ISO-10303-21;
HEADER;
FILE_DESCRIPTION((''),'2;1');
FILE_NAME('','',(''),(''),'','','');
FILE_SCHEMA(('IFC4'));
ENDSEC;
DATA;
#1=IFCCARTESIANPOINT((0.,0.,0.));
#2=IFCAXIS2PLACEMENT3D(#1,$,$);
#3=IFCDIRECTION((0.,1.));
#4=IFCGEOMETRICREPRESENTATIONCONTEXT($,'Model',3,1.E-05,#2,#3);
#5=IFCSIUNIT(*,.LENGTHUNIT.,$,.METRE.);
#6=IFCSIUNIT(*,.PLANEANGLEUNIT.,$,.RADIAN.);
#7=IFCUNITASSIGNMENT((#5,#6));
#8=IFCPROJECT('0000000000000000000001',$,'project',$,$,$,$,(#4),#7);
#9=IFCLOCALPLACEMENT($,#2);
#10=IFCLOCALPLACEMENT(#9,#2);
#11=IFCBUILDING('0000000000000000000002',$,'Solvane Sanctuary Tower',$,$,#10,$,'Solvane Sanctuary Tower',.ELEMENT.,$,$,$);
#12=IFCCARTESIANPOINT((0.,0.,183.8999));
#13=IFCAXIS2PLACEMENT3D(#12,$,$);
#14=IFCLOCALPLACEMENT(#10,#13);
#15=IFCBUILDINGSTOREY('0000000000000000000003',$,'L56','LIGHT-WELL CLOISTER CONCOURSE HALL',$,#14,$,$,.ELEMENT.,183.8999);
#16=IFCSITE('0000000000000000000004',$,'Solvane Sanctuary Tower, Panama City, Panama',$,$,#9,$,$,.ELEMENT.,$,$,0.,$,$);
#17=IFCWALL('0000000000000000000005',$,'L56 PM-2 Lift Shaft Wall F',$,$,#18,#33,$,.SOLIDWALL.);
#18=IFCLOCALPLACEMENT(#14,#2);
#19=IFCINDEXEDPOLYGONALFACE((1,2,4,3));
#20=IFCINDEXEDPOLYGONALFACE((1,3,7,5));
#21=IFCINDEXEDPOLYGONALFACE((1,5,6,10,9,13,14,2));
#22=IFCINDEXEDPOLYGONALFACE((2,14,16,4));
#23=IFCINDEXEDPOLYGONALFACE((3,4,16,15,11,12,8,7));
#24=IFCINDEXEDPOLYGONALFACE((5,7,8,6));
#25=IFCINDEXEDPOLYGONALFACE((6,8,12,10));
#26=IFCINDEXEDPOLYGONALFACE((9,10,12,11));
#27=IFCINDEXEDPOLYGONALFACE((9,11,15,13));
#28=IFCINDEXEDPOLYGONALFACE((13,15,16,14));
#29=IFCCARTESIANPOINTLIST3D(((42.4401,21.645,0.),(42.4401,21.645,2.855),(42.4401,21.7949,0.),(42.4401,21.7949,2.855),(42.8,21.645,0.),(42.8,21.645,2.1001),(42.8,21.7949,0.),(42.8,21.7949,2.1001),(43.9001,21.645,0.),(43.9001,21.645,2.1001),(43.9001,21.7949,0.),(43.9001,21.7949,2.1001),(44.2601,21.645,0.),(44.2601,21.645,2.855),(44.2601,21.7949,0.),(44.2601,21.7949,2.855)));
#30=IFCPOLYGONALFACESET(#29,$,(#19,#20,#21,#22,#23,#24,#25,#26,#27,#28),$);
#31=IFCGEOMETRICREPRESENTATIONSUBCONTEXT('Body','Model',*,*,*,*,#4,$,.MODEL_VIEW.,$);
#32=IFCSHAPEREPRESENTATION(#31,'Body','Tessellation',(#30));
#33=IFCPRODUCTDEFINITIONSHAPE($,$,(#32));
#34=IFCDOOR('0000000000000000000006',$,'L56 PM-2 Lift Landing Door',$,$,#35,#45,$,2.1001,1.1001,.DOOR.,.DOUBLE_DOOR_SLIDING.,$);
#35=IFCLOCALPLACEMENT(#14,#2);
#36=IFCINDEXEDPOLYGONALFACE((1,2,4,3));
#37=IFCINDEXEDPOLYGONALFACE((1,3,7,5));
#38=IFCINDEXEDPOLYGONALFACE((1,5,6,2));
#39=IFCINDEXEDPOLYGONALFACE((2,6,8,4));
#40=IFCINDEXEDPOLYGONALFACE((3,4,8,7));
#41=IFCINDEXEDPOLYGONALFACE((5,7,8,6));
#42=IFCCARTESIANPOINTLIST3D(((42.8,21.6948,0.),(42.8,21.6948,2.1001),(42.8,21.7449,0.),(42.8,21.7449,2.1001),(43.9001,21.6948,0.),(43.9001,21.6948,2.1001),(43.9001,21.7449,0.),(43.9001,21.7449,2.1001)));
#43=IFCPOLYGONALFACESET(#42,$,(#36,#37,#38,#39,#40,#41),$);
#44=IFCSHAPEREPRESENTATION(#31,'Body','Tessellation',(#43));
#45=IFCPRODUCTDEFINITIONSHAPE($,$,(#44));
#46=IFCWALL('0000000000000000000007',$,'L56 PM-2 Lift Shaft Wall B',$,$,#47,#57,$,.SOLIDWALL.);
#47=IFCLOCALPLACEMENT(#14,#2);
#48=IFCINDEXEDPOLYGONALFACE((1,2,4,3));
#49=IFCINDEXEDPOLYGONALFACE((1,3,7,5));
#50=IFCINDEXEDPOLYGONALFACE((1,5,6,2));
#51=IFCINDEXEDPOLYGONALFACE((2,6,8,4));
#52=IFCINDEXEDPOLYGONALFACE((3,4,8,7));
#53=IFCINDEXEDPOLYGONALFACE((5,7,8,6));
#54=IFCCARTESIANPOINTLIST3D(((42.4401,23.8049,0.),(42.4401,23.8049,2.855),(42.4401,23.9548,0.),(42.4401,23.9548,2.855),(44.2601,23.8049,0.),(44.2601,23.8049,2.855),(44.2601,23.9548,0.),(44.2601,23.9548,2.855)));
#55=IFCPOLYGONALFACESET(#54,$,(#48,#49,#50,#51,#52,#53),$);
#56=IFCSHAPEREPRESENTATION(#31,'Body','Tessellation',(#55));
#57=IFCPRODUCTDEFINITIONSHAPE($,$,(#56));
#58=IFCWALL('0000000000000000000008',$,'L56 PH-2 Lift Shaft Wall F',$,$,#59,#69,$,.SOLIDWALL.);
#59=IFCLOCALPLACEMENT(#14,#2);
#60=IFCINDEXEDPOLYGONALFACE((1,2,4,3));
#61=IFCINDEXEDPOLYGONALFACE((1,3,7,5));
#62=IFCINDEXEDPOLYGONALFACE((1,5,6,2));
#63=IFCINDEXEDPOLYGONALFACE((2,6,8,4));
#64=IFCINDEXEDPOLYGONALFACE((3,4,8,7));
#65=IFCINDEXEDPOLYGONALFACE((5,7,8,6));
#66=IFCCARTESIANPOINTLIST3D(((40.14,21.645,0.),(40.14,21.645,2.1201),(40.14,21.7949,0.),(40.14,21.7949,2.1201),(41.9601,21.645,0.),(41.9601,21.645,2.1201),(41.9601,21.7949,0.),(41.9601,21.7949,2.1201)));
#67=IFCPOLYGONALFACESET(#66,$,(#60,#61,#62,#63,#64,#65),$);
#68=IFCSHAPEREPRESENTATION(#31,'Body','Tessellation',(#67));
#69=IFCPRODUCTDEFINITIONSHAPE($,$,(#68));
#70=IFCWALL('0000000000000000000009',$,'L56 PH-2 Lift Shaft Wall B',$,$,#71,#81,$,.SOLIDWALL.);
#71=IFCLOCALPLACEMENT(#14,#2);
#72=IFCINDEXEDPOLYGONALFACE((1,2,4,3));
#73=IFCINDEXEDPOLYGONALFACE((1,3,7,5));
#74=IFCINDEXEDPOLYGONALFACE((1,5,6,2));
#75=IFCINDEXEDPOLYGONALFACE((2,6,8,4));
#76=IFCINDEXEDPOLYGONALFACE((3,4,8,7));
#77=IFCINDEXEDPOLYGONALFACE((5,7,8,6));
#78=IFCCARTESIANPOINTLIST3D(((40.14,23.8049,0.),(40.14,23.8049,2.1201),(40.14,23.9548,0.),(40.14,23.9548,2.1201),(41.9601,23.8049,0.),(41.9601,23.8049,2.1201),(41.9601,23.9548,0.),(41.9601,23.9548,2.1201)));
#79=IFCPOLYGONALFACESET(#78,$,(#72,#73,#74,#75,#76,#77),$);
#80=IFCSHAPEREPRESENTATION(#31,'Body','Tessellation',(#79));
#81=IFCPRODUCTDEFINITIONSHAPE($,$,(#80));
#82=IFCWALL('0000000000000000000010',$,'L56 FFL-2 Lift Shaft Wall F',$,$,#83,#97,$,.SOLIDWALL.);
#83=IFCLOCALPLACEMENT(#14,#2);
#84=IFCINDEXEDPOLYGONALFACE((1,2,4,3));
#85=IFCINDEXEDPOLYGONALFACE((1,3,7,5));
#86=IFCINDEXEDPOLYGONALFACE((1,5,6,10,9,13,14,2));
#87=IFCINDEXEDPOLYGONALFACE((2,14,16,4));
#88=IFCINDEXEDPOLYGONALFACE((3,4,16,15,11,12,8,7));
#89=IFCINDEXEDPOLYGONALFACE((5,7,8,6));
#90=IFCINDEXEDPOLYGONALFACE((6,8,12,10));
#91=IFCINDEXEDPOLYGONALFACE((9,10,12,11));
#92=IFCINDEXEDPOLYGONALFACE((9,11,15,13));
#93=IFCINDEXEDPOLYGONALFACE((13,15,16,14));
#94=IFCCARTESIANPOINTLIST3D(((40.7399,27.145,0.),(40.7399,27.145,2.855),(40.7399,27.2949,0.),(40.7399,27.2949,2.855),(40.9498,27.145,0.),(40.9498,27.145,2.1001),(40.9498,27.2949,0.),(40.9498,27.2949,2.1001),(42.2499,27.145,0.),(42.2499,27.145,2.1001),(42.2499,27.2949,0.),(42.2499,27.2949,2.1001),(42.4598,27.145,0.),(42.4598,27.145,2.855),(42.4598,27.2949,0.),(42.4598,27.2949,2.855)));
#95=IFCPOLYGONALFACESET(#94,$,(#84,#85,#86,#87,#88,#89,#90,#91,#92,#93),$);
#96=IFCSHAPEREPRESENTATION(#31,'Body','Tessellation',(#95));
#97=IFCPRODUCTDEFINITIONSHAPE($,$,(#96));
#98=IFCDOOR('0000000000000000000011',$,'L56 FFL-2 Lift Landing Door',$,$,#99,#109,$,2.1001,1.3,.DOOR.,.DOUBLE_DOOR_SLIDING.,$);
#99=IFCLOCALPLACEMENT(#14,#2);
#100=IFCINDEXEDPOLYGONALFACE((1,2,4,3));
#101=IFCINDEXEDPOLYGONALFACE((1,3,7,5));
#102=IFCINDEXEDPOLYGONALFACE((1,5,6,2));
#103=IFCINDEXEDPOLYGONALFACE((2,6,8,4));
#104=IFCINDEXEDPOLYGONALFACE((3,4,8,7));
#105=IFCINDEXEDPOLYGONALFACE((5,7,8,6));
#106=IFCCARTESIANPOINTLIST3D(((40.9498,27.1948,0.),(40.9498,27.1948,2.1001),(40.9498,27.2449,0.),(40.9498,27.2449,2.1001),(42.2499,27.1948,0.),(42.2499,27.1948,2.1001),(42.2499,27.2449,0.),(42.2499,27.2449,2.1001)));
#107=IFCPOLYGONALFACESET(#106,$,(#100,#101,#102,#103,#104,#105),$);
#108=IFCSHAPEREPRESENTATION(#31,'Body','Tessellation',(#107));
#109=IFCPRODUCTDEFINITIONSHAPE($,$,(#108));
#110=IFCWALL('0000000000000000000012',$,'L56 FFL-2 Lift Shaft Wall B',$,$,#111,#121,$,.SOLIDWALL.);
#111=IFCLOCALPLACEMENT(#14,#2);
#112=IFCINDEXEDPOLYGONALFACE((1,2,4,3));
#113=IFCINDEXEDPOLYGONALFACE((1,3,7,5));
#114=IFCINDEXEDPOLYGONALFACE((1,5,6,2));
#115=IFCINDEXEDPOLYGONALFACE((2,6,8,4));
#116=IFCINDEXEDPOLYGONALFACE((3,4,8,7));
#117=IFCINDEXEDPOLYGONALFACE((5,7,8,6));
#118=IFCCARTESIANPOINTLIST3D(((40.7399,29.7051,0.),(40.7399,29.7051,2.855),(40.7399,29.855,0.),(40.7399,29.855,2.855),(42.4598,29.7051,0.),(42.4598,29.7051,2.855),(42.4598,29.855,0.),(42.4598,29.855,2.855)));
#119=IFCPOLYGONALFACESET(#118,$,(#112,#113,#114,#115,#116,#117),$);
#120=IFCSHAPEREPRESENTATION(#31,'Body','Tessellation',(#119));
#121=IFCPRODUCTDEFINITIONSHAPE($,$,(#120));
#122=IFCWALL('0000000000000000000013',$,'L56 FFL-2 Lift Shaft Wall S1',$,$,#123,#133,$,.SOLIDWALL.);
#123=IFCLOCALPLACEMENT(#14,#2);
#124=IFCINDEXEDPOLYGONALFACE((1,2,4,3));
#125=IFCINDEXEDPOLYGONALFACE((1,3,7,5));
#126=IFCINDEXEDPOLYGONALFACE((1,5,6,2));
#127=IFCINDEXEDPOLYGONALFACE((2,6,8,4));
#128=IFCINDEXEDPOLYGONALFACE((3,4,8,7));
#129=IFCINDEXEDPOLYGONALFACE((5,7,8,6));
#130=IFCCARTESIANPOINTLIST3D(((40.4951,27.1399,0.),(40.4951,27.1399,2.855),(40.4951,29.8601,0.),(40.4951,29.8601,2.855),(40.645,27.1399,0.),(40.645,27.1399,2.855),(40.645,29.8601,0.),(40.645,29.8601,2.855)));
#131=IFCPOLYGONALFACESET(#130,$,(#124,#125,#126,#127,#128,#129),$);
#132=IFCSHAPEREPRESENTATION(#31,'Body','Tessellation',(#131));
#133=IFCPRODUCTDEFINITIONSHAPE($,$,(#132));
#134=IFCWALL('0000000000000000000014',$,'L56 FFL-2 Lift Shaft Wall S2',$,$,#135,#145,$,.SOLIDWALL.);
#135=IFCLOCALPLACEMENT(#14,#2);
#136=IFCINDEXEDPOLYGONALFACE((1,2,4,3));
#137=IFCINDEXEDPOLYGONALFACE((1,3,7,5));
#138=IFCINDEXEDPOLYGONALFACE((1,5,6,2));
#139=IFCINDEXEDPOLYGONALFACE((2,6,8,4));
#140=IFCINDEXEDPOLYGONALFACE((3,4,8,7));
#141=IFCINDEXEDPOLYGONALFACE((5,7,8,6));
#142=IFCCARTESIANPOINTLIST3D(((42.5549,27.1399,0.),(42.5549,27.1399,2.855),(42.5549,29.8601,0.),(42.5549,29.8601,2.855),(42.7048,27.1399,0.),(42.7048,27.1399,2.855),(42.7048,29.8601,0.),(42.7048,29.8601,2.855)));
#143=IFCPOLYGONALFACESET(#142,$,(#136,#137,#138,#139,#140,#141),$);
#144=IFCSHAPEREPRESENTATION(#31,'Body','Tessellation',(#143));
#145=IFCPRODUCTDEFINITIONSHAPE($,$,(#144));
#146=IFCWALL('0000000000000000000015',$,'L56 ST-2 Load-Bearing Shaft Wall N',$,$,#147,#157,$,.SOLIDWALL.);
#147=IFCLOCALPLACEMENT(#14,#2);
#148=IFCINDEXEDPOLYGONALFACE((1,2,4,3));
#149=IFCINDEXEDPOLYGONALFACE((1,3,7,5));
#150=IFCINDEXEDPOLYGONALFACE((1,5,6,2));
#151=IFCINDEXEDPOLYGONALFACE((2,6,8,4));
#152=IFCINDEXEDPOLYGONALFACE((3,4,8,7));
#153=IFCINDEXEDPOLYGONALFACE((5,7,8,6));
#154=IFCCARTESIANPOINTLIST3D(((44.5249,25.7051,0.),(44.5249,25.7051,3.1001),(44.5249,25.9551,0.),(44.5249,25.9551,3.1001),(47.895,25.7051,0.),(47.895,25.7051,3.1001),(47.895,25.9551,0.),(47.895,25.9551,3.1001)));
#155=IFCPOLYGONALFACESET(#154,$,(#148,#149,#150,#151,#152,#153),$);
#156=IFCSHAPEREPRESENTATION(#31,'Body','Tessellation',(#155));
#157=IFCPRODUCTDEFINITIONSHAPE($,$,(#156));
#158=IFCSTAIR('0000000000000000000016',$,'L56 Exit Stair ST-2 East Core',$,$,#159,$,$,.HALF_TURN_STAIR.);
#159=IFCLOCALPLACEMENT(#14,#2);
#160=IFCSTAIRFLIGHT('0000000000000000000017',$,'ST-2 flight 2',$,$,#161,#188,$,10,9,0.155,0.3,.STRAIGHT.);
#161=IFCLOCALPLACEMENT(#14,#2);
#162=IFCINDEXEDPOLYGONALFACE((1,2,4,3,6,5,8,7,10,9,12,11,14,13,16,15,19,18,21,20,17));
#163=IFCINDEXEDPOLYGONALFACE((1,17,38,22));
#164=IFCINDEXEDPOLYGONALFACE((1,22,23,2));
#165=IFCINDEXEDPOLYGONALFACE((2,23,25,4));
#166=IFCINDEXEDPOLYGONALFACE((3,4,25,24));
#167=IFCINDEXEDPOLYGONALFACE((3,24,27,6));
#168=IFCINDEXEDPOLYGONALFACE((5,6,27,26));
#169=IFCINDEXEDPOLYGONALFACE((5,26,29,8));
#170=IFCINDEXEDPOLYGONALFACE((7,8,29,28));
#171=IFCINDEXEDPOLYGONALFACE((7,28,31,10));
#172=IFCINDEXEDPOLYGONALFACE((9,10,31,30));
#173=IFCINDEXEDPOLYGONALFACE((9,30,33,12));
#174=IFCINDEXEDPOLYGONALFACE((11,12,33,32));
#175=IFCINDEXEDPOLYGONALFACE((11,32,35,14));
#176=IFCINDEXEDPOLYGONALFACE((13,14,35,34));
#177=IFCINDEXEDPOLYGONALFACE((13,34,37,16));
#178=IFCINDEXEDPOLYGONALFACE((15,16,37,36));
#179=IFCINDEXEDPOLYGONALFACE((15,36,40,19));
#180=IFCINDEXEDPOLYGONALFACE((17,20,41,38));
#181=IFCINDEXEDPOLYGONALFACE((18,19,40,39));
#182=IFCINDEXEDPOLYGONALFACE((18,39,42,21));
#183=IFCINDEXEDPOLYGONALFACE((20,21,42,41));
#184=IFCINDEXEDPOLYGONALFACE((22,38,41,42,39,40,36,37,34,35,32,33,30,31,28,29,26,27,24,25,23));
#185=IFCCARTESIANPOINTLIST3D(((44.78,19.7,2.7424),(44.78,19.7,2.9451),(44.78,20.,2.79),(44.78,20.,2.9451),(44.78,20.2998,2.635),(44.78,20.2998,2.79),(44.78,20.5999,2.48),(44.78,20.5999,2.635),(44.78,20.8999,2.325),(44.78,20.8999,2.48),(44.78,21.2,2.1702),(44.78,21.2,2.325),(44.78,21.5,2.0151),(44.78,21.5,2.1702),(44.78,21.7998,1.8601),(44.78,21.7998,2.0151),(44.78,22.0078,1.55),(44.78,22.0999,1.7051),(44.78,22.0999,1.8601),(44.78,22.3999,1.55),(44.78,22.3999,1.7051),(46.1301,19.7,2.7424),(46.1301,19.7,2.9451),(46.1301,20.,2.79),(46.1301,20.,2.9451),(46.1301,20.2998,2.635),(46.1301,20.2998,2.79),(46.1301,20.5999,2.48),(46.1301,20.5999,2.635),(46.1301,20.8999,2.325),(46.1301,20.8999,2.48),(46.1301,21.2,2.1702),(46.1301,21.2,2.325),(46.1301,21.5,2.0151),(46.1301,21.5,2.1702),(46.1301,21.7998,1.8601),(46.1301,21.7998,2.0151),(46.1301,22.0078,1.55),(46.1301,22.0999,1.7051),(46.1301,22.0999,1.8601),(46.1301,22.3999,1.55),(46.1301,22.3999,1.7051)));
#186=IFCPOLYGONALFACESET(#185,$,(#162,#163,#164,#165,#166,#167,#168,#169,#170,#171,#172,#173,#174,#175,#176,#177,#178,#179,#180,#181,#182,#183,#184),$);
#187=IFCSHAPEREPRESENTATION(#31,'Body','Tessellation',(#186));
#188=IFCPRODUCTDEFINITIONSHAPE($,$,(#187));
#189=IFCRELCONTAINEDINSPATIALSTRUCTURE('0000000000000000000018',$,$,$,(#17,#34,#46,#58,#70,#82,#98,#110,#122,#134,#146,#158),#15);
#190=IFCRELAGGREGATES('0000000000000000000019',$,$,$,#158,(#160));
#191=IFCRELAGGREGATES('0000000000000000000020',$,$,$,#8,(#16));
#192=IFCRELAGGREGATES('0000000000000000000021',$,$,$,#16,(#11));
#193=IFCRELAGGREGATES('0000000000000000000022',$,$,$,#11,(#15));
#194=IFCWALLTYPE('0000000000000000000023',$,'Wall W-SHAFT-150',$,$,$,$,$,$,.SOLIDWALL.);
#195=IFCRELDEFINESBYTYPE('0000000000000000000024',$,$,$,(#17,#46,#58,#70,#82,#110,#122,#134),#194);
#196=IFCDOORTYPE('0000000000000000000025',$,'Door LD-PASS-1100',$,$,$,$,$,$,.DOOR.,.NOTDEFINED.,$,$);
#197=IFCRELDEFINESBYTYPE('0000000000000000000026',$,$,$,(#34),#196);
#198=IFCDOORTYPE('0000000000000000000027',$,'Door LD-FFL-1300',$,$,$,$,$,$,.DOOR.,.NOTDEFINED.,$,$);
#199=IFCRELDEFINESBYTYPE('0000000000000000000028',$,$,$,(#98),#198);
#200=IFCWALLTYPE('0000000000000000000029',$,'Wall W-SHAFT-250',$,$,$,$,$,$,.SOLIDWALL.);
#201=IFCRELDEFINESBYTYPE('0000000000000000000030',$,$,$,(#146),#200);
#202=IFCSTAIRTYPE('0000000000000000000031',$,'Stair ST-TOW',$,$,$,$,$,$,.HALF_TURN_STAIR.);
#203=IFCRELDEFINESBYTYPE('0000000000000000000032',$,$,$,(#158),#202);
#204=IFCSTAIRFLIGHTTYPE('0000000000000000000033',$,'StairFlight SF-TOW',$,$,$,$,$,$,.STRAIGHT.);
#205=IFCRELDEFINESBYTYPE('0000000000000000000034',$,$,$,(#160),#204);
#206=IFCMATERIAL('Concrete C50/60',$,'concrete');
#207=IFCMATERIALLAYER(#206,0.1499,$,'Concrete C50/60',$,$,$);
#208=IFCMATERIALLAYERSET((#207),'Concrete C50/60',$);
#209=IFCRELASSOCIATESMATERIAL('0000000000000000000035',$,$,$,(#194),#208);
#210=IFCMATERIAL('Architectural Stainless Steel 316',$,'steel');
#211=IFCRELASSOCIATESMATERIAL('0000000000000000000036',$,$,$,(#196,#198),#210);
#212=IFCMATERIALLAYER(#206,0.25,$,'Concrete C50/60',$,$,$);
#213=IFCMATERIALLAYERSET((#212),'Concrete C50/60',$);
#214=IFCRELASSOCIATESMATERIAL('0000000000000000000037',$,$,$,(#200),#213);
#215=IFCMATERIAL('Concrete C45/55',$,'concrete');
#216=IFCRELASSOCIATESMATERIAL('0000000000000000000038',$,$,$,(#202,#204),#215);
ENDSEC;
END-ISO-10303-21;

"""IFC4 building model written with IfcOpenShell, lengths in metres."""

from ifc_helpers import new_model, si_unit, direction, frame, frame_2d, origin, place, context, subcontext, project, spatial, polyline, rectangle, outline, extrude, material, layer, layer_set, type_object, element, fill, aggregate, save


model = new_model("IFC4")

# Units and contexts
model_context = context("Model", 3, precision=1e-05, world=origin(), true_north=direction((0.0, 1.0)))
body_context = subcontext(model_context, "Body", "Model", "MODEL_VIEW")
ifc_project = project(units=[si_unit("LENGTHUNIT", "METRE"), si_unit("PLANEANGLEUNIT", "RADIAN")], contexts=[model_context])

# Site, building, storey
site_placement = place(None, origin())
site = spatial("IfcSite", under=ifc_project, at=site_placement, Name="Solvane Sanctuary Tower, Panama City, Panama", CompositionType="ELEMENT", RefElevation=0.0)
building_placement = place(site_placement, origin())
building = spatial("IfcBuilding", under=site, at=building_placement, Name="Solvane Sanctuary Tower", LongName="Solvane Sanctuary Tower", CompositionType="ELEMENT")
storey_placement = place(building_placement, frame((0.0, 0.0, 183.8999)))
storey = spatial("IfcBuildingStorey", under=building, at=storey_placement, Name="L56", Description="LIGHT-WELL CLOISTER CONCOURSE HALL", CompositionType="ELEMENT", Elevation=183.8999)

# Shared definitions
ifc_material_1 = material(Name="Architectural Stainless Steel 316", Category="steel")

# Wall, opening, door
ifc_material_2 = material(Name="Concrete C50/60", Category="concrete")
ifc_layer_1 = layer(ifc_material_2, 0.1499, Name="Concrete C50/60")
ifc_layer_set_1 = layer_set([ifc_layer_1], Name="Concrete C50/60")
wall_type_1 = type_object("IfcWallType", Name="Wall W-SHAFT-150", PredefinedType="SOLIDWALL", material=ifc_layer_set_1)
wall_1_placement = place(storey_placement, frame((42.4399, 21.72, 0.0), z_axis=(0.0, 0.0, 1.0), x_axis=(1.0, 0.0, 0.0)))
wall_1 = element("IfcWall", 1, at=wall_1_placement, inside=storey, type_object=wall_type_1, Name="L56 PM-2 Lift Shaft Wall F", PredefinedType="SOLIDWALL", context=body_context, shape_type="SweptSolid", body=[
    extrude(rectangle(XDim=1.8201, YDim=0.1499, at=frame_2d((0.9102, 0.0))), origin(), (0.0, 0.0, 1.0), 2.855),
])
opening_1_placement = place(wall_1_placement, frame((0.3601, 0.0, 0.0)))
opening_1 = element("IfcOpeningElement", 2, at=opening_1_placement, cuts=wall_1, PredefinedType="OPENING", context=body_context, shape_type="SweptSolid", body=[
    extrude(rectangle(XDim=1.1001, YDim=2.1001, at=frame_2d((0.55, 1.05))), frame((0.0, 0.085, 0.0), z_axis=(0.0, -1.0, 0.0), x_axis=(1.0, 0.0, 0.0)), (0.0, 0.0, 1.0), 0.1699),
])
door_type_1 = type_object("IfcDoorType", Name="Door LD-PASS-1100", OperationType="NOTDEFINED", PredefinedType="DOOR", material=ifc_material_1)
door_1_placement = place(opening_1_placement, origin())
door_1 = element("IfcDoor", 3, at=door_1_placement, inside=storey, type_object=door_type_1, Name="L56 PM-2 Lift Landing Door", OperationType="DOUBLE_DOOR_SLIDING", OverallHeight=2.1001, OverallWidth=1.1001, PredefinedType="DOOR", context=body_context, shape_type="SweptSolid", body=[
    extrude(rectangle(XDim=1.1001, YDim=2.1001, at=frame_2d((0.55, 1.05))), frame((0.0, 0.0249, 0.0), z_axis=(0.0, -1.0, 0.0), x_axis=(1.0, 0.0, 0.0)), (0.0, 0.0, 1.0), 0.05),
])
fill(opening_1, door_1)

# Walls
wall_2_placement = place(storey_placement, frame((42.4399, 23.8799, 0.0), z_axis=(0.0, 0.0, 1.0), x_axis=(1.0, 0.0, 0.0)))
element("IfcWall", 4, at=wall_2_placement, inside=storey, type_object=wall_type_1, Name="L56 PM-2 Lift Shaft Wall B", PredefinedType="SOLIDWALL", context=body_context, shape_type="SweptSolid", body=[
    extrude(rectangle(XDim=1.8201, YDim=0.1499, at=frame_2d((0.9102, 0.0))), origin(), (0.0, 0.0, 1.0), 2.855),
])
for number, where, z_axis, x_axis, name in (
    (5, (40.1399, 21.72, 0.0), (0.0, 0.0, 1.0), (1.0, 0.0, 0.0), "L56 PH-2 Lift Shaft Wall F"),
    (6, (40.1399, 23.8799, 0.0), (0.0, 0.0, 1.0), (1.0, 0.0, 0.0), "L56 PH-2 Lift Shaft Wall B"),
):
    element("IfcWall", number, at=place(storey_placement, frame(where, z_axis=z_axis, x_axis=x_axis)), inside=storey, type_object=wall_type_1, Name=name, PredefinedType="SOLIDWALL", context=body_context, shape_type="SweptSolid", body=[
        extrude(rectangle(XDim=1.8201, YDim=0.1499, at=frame_2d((0.9102, 0.0))), origin(), (0.0, 0.0, 1.0), 2.1201),
    ])

# Wall, opening, door
wall_3_placement = place(storey_placement, frame((40.74, 27.22, 0.0), z_axis=(0.0, 0.0, 1.0), x_axis=(1.0, 0.0, 0.0)))
wall_3 = element("IfcWall", 7, at=wall_3_placement, inside=storey, type_object=wall_type_1, Name="L56 FFL-2 Lift Shaft Wall F", PredefinedType="SOLIDWALL", context=body_context, shape_type="SweptSolid", body=[
    extrude(rectangle(XDim=1.72, YDim=0.1499, at=frame_2d((0.8599, 0.0))), origin(), (0.0, 0.0, 1.0), 2.855),
])
opening_2_placement = place(wall_3_placement, frame((0.21, 0.0, 0.0)))
opening_2 = element("IfcOpeningElement", 8, at=opening_2_placement, cuts=wall_3, PredefinedType="OPENING", context=body_context, shape_type="SweptSolid", body=[
    extrude(rectangle(XDim=1.3, YDim=2.1001, at=frame_2d((0.6499, 1.05))), frame((0.0, 0.085, 0.0), z_axis=(0.0, -1.0, 0.0), x_axis=(1.0, 0.0, 0.0)), (0.0, 0.0, 1.0), 0.1699),
])
door_type_2 = type_object("IfcDoorType", Name="Door LD-FFL-1300", OperationType="NOTDEFINED", PredefinedType="DOOR", material=ifc_material_1)
door_2_placement = place(opening_2_placement, origin())
door_2 = element("IfcDoor", 9, at=door_2_placement, inside=storey, type_object=door_type_2, Name="L56 FFL-2 Lift Landing Door", OperationType="DOUBLE_DOOR_SLIDING", OverallHeight=2.1001, OverallWidth=1.3, PredefinedType="DOOR", context=body_context, shape_type="SweptSolid", body=[
    extrude(rectangle(XDim=1.3, YDim=2.1001, at=frame_2d((0.6499, 1.05))), frame((0.0, 0.0249, 0.0), z_axis=(0.0, -1.0, 0.0), x_axis=(1.0, 0.0, 0.0)), (0.0, 0.0, 1.0), 0.05),
])
fill(opening_2, door_2)

# Walls
wall_4_placement = place(storey_placement, frame((40.74, 29.78, 0.0), z_axis=(0.0, 0.0, 1.0), x_axis=(1.0, 0.0, 0.0)))
element("IfcWall", 10, at=wall_4_placement, inside=storey, type_object=wall_type_1, Name="L56 FFL-2 Lift Shaft Wall B", PredefinedType="SOLIDWALL", context=body_context, shape_type="SweptSolid", body=[
    extrude(rectangle(XDim=1.72, YDim=0.1499, at=frame_2d((0.8599, 0.0))), origin(), (0.0, 0.0, 1.0), 2.855),
])
for number, where, z_axis, x_axis, name in (
    (11, (40.5701, 27.1399, 0.0), (0.0, 0.0, 1.0), (0.0, 1.0, 0.0), "L56 FFL-2 Lift Shaft Wall S1"),
    (12, (42.6299, 27.1399, 0.0), (0.0, 0.0, 1.0), (0.0, 1.0, 0.0), "L56 FFL-2 Lift Shaft Wall S2"),
):
    element("IfcWall", number, at=place(storey_placement, frame(where, z_axis=z_axis, x_axis=x_axis)), inside=storey, type_object=wall_type_1, Name=name, PredefinedType="SOLIDWALL", context=body_context, shape_type="SweptSolid", body=[
        extrude(rectangle(XDim=2.7202, YDim=0.1499, at=frame_2d((1.3601, 0.0))), origin(), (0.0, 0.0, 1.0), 2.855),
    ])
ifc_layer_2 = layer(ifc_material_2, 0.25, Name="Concrete C50/60")
ifc_layer_set_2 = layer_set([ifc_layer_2], Name="Concrete C50/60")
wall_type_2 = type_object("IfcWallType", Name="Wall W-SHAFT-250", PredefinedType="SOLIDWALL", material=ifc_layer_set_2)
wall_5_placement = place(storey_placement, frame((44.5249, 25.8301, 0.0), z_axis=(0.0, 0.0, 1.0), x_axis=(1.0, 0.0, 0.0)))
element("IfcWall", 13, at=wall_5_placement, inside=storey, type_object=wall_type_2, Name="L56 ST-2 Load-Bearing Shaft Wall N", PredefinedType="SOLIDWALL", context=body_context, shape_type="SweptSolid", body=[
    extrude(rectangle(XDim=3.3701, YDim=0.25, at=frame_2d((1.6851, 0.0))), origin(), (0.0, 0.0, 1.0), 3.1001),
])

# Stair, stair flight
ifc_material_3 = material(Name="Concrete C45/55", Category="concrete")
stair_type = type_object("IfcStairType", Name="Stair ST-TOW", PredefinedType="HALF_TURN_STAIR", material=ifc_material_3)
stair_placement = place(storey_placement, origin())
stair = element("IfcStair", 14, at=stair_placement, inside=storey, type_object=stair_type, Name="L56 Exit Stair ST-2 East Core", PredefinedType="HALF_TURN_STAIR")
stair_flight_type = type_object("IfcStairFlightType", Name="StairFlight SF-TOW", PredefinedType="STRAIGHT", material=ifc_material_3)
stair_flight_placement = place(storey_placement, frame((45.4551, 22.3999, 1.55), z_axis=(0.0, 0.0, 1.0), x_axis=(0.0, -1.0, 0.0)))
stair_flight = element("IfcStairFlight", 15, at=stair_flight_placement, type_object=stair_flight_type, Name="ST-2 flight 2", NumberOfRisers=10, NumberOfTreads=9, PredefinedType="STRAIGHT", RiserHeight=0.155, TreadLength=0.3, context=body_context, shape_type="SweptSolid", body=[
    extrude(outline(polyline([(0.0, 0.0), (0.0, 0.155), (0.3, 0.155), (0.3, 0.3101), (0.6001, 0.3101), (0.6001, 0.4651), (0.8999, 0.4651), (0.8999, 0.6201), (1.2, 0.6201), (1.2, 0.7749), (1.5, 0.7749), (1.5, 0.9299), (1.8, 0.9299), (1.8, 1.085), (2.1001, 1.085), (2.1001, 1.24), (2.3999, 1.24), (2.3999, 1.395), (2.7, 1.395), (2.7, 1.55), (2.7, 1.1924), (0.3921, 0.0), (0.0, 0.0)])), frame((0.0, 0.675, 0.0), z_axis=(0.0, -1.0, 0.0), x_axis=(1.0, 0.0, 0.0)), (0.0, 0.0, 1.0), 1.3501),
])
aggregate(stair, [stair_flight])

save(model, "model.ifc")
